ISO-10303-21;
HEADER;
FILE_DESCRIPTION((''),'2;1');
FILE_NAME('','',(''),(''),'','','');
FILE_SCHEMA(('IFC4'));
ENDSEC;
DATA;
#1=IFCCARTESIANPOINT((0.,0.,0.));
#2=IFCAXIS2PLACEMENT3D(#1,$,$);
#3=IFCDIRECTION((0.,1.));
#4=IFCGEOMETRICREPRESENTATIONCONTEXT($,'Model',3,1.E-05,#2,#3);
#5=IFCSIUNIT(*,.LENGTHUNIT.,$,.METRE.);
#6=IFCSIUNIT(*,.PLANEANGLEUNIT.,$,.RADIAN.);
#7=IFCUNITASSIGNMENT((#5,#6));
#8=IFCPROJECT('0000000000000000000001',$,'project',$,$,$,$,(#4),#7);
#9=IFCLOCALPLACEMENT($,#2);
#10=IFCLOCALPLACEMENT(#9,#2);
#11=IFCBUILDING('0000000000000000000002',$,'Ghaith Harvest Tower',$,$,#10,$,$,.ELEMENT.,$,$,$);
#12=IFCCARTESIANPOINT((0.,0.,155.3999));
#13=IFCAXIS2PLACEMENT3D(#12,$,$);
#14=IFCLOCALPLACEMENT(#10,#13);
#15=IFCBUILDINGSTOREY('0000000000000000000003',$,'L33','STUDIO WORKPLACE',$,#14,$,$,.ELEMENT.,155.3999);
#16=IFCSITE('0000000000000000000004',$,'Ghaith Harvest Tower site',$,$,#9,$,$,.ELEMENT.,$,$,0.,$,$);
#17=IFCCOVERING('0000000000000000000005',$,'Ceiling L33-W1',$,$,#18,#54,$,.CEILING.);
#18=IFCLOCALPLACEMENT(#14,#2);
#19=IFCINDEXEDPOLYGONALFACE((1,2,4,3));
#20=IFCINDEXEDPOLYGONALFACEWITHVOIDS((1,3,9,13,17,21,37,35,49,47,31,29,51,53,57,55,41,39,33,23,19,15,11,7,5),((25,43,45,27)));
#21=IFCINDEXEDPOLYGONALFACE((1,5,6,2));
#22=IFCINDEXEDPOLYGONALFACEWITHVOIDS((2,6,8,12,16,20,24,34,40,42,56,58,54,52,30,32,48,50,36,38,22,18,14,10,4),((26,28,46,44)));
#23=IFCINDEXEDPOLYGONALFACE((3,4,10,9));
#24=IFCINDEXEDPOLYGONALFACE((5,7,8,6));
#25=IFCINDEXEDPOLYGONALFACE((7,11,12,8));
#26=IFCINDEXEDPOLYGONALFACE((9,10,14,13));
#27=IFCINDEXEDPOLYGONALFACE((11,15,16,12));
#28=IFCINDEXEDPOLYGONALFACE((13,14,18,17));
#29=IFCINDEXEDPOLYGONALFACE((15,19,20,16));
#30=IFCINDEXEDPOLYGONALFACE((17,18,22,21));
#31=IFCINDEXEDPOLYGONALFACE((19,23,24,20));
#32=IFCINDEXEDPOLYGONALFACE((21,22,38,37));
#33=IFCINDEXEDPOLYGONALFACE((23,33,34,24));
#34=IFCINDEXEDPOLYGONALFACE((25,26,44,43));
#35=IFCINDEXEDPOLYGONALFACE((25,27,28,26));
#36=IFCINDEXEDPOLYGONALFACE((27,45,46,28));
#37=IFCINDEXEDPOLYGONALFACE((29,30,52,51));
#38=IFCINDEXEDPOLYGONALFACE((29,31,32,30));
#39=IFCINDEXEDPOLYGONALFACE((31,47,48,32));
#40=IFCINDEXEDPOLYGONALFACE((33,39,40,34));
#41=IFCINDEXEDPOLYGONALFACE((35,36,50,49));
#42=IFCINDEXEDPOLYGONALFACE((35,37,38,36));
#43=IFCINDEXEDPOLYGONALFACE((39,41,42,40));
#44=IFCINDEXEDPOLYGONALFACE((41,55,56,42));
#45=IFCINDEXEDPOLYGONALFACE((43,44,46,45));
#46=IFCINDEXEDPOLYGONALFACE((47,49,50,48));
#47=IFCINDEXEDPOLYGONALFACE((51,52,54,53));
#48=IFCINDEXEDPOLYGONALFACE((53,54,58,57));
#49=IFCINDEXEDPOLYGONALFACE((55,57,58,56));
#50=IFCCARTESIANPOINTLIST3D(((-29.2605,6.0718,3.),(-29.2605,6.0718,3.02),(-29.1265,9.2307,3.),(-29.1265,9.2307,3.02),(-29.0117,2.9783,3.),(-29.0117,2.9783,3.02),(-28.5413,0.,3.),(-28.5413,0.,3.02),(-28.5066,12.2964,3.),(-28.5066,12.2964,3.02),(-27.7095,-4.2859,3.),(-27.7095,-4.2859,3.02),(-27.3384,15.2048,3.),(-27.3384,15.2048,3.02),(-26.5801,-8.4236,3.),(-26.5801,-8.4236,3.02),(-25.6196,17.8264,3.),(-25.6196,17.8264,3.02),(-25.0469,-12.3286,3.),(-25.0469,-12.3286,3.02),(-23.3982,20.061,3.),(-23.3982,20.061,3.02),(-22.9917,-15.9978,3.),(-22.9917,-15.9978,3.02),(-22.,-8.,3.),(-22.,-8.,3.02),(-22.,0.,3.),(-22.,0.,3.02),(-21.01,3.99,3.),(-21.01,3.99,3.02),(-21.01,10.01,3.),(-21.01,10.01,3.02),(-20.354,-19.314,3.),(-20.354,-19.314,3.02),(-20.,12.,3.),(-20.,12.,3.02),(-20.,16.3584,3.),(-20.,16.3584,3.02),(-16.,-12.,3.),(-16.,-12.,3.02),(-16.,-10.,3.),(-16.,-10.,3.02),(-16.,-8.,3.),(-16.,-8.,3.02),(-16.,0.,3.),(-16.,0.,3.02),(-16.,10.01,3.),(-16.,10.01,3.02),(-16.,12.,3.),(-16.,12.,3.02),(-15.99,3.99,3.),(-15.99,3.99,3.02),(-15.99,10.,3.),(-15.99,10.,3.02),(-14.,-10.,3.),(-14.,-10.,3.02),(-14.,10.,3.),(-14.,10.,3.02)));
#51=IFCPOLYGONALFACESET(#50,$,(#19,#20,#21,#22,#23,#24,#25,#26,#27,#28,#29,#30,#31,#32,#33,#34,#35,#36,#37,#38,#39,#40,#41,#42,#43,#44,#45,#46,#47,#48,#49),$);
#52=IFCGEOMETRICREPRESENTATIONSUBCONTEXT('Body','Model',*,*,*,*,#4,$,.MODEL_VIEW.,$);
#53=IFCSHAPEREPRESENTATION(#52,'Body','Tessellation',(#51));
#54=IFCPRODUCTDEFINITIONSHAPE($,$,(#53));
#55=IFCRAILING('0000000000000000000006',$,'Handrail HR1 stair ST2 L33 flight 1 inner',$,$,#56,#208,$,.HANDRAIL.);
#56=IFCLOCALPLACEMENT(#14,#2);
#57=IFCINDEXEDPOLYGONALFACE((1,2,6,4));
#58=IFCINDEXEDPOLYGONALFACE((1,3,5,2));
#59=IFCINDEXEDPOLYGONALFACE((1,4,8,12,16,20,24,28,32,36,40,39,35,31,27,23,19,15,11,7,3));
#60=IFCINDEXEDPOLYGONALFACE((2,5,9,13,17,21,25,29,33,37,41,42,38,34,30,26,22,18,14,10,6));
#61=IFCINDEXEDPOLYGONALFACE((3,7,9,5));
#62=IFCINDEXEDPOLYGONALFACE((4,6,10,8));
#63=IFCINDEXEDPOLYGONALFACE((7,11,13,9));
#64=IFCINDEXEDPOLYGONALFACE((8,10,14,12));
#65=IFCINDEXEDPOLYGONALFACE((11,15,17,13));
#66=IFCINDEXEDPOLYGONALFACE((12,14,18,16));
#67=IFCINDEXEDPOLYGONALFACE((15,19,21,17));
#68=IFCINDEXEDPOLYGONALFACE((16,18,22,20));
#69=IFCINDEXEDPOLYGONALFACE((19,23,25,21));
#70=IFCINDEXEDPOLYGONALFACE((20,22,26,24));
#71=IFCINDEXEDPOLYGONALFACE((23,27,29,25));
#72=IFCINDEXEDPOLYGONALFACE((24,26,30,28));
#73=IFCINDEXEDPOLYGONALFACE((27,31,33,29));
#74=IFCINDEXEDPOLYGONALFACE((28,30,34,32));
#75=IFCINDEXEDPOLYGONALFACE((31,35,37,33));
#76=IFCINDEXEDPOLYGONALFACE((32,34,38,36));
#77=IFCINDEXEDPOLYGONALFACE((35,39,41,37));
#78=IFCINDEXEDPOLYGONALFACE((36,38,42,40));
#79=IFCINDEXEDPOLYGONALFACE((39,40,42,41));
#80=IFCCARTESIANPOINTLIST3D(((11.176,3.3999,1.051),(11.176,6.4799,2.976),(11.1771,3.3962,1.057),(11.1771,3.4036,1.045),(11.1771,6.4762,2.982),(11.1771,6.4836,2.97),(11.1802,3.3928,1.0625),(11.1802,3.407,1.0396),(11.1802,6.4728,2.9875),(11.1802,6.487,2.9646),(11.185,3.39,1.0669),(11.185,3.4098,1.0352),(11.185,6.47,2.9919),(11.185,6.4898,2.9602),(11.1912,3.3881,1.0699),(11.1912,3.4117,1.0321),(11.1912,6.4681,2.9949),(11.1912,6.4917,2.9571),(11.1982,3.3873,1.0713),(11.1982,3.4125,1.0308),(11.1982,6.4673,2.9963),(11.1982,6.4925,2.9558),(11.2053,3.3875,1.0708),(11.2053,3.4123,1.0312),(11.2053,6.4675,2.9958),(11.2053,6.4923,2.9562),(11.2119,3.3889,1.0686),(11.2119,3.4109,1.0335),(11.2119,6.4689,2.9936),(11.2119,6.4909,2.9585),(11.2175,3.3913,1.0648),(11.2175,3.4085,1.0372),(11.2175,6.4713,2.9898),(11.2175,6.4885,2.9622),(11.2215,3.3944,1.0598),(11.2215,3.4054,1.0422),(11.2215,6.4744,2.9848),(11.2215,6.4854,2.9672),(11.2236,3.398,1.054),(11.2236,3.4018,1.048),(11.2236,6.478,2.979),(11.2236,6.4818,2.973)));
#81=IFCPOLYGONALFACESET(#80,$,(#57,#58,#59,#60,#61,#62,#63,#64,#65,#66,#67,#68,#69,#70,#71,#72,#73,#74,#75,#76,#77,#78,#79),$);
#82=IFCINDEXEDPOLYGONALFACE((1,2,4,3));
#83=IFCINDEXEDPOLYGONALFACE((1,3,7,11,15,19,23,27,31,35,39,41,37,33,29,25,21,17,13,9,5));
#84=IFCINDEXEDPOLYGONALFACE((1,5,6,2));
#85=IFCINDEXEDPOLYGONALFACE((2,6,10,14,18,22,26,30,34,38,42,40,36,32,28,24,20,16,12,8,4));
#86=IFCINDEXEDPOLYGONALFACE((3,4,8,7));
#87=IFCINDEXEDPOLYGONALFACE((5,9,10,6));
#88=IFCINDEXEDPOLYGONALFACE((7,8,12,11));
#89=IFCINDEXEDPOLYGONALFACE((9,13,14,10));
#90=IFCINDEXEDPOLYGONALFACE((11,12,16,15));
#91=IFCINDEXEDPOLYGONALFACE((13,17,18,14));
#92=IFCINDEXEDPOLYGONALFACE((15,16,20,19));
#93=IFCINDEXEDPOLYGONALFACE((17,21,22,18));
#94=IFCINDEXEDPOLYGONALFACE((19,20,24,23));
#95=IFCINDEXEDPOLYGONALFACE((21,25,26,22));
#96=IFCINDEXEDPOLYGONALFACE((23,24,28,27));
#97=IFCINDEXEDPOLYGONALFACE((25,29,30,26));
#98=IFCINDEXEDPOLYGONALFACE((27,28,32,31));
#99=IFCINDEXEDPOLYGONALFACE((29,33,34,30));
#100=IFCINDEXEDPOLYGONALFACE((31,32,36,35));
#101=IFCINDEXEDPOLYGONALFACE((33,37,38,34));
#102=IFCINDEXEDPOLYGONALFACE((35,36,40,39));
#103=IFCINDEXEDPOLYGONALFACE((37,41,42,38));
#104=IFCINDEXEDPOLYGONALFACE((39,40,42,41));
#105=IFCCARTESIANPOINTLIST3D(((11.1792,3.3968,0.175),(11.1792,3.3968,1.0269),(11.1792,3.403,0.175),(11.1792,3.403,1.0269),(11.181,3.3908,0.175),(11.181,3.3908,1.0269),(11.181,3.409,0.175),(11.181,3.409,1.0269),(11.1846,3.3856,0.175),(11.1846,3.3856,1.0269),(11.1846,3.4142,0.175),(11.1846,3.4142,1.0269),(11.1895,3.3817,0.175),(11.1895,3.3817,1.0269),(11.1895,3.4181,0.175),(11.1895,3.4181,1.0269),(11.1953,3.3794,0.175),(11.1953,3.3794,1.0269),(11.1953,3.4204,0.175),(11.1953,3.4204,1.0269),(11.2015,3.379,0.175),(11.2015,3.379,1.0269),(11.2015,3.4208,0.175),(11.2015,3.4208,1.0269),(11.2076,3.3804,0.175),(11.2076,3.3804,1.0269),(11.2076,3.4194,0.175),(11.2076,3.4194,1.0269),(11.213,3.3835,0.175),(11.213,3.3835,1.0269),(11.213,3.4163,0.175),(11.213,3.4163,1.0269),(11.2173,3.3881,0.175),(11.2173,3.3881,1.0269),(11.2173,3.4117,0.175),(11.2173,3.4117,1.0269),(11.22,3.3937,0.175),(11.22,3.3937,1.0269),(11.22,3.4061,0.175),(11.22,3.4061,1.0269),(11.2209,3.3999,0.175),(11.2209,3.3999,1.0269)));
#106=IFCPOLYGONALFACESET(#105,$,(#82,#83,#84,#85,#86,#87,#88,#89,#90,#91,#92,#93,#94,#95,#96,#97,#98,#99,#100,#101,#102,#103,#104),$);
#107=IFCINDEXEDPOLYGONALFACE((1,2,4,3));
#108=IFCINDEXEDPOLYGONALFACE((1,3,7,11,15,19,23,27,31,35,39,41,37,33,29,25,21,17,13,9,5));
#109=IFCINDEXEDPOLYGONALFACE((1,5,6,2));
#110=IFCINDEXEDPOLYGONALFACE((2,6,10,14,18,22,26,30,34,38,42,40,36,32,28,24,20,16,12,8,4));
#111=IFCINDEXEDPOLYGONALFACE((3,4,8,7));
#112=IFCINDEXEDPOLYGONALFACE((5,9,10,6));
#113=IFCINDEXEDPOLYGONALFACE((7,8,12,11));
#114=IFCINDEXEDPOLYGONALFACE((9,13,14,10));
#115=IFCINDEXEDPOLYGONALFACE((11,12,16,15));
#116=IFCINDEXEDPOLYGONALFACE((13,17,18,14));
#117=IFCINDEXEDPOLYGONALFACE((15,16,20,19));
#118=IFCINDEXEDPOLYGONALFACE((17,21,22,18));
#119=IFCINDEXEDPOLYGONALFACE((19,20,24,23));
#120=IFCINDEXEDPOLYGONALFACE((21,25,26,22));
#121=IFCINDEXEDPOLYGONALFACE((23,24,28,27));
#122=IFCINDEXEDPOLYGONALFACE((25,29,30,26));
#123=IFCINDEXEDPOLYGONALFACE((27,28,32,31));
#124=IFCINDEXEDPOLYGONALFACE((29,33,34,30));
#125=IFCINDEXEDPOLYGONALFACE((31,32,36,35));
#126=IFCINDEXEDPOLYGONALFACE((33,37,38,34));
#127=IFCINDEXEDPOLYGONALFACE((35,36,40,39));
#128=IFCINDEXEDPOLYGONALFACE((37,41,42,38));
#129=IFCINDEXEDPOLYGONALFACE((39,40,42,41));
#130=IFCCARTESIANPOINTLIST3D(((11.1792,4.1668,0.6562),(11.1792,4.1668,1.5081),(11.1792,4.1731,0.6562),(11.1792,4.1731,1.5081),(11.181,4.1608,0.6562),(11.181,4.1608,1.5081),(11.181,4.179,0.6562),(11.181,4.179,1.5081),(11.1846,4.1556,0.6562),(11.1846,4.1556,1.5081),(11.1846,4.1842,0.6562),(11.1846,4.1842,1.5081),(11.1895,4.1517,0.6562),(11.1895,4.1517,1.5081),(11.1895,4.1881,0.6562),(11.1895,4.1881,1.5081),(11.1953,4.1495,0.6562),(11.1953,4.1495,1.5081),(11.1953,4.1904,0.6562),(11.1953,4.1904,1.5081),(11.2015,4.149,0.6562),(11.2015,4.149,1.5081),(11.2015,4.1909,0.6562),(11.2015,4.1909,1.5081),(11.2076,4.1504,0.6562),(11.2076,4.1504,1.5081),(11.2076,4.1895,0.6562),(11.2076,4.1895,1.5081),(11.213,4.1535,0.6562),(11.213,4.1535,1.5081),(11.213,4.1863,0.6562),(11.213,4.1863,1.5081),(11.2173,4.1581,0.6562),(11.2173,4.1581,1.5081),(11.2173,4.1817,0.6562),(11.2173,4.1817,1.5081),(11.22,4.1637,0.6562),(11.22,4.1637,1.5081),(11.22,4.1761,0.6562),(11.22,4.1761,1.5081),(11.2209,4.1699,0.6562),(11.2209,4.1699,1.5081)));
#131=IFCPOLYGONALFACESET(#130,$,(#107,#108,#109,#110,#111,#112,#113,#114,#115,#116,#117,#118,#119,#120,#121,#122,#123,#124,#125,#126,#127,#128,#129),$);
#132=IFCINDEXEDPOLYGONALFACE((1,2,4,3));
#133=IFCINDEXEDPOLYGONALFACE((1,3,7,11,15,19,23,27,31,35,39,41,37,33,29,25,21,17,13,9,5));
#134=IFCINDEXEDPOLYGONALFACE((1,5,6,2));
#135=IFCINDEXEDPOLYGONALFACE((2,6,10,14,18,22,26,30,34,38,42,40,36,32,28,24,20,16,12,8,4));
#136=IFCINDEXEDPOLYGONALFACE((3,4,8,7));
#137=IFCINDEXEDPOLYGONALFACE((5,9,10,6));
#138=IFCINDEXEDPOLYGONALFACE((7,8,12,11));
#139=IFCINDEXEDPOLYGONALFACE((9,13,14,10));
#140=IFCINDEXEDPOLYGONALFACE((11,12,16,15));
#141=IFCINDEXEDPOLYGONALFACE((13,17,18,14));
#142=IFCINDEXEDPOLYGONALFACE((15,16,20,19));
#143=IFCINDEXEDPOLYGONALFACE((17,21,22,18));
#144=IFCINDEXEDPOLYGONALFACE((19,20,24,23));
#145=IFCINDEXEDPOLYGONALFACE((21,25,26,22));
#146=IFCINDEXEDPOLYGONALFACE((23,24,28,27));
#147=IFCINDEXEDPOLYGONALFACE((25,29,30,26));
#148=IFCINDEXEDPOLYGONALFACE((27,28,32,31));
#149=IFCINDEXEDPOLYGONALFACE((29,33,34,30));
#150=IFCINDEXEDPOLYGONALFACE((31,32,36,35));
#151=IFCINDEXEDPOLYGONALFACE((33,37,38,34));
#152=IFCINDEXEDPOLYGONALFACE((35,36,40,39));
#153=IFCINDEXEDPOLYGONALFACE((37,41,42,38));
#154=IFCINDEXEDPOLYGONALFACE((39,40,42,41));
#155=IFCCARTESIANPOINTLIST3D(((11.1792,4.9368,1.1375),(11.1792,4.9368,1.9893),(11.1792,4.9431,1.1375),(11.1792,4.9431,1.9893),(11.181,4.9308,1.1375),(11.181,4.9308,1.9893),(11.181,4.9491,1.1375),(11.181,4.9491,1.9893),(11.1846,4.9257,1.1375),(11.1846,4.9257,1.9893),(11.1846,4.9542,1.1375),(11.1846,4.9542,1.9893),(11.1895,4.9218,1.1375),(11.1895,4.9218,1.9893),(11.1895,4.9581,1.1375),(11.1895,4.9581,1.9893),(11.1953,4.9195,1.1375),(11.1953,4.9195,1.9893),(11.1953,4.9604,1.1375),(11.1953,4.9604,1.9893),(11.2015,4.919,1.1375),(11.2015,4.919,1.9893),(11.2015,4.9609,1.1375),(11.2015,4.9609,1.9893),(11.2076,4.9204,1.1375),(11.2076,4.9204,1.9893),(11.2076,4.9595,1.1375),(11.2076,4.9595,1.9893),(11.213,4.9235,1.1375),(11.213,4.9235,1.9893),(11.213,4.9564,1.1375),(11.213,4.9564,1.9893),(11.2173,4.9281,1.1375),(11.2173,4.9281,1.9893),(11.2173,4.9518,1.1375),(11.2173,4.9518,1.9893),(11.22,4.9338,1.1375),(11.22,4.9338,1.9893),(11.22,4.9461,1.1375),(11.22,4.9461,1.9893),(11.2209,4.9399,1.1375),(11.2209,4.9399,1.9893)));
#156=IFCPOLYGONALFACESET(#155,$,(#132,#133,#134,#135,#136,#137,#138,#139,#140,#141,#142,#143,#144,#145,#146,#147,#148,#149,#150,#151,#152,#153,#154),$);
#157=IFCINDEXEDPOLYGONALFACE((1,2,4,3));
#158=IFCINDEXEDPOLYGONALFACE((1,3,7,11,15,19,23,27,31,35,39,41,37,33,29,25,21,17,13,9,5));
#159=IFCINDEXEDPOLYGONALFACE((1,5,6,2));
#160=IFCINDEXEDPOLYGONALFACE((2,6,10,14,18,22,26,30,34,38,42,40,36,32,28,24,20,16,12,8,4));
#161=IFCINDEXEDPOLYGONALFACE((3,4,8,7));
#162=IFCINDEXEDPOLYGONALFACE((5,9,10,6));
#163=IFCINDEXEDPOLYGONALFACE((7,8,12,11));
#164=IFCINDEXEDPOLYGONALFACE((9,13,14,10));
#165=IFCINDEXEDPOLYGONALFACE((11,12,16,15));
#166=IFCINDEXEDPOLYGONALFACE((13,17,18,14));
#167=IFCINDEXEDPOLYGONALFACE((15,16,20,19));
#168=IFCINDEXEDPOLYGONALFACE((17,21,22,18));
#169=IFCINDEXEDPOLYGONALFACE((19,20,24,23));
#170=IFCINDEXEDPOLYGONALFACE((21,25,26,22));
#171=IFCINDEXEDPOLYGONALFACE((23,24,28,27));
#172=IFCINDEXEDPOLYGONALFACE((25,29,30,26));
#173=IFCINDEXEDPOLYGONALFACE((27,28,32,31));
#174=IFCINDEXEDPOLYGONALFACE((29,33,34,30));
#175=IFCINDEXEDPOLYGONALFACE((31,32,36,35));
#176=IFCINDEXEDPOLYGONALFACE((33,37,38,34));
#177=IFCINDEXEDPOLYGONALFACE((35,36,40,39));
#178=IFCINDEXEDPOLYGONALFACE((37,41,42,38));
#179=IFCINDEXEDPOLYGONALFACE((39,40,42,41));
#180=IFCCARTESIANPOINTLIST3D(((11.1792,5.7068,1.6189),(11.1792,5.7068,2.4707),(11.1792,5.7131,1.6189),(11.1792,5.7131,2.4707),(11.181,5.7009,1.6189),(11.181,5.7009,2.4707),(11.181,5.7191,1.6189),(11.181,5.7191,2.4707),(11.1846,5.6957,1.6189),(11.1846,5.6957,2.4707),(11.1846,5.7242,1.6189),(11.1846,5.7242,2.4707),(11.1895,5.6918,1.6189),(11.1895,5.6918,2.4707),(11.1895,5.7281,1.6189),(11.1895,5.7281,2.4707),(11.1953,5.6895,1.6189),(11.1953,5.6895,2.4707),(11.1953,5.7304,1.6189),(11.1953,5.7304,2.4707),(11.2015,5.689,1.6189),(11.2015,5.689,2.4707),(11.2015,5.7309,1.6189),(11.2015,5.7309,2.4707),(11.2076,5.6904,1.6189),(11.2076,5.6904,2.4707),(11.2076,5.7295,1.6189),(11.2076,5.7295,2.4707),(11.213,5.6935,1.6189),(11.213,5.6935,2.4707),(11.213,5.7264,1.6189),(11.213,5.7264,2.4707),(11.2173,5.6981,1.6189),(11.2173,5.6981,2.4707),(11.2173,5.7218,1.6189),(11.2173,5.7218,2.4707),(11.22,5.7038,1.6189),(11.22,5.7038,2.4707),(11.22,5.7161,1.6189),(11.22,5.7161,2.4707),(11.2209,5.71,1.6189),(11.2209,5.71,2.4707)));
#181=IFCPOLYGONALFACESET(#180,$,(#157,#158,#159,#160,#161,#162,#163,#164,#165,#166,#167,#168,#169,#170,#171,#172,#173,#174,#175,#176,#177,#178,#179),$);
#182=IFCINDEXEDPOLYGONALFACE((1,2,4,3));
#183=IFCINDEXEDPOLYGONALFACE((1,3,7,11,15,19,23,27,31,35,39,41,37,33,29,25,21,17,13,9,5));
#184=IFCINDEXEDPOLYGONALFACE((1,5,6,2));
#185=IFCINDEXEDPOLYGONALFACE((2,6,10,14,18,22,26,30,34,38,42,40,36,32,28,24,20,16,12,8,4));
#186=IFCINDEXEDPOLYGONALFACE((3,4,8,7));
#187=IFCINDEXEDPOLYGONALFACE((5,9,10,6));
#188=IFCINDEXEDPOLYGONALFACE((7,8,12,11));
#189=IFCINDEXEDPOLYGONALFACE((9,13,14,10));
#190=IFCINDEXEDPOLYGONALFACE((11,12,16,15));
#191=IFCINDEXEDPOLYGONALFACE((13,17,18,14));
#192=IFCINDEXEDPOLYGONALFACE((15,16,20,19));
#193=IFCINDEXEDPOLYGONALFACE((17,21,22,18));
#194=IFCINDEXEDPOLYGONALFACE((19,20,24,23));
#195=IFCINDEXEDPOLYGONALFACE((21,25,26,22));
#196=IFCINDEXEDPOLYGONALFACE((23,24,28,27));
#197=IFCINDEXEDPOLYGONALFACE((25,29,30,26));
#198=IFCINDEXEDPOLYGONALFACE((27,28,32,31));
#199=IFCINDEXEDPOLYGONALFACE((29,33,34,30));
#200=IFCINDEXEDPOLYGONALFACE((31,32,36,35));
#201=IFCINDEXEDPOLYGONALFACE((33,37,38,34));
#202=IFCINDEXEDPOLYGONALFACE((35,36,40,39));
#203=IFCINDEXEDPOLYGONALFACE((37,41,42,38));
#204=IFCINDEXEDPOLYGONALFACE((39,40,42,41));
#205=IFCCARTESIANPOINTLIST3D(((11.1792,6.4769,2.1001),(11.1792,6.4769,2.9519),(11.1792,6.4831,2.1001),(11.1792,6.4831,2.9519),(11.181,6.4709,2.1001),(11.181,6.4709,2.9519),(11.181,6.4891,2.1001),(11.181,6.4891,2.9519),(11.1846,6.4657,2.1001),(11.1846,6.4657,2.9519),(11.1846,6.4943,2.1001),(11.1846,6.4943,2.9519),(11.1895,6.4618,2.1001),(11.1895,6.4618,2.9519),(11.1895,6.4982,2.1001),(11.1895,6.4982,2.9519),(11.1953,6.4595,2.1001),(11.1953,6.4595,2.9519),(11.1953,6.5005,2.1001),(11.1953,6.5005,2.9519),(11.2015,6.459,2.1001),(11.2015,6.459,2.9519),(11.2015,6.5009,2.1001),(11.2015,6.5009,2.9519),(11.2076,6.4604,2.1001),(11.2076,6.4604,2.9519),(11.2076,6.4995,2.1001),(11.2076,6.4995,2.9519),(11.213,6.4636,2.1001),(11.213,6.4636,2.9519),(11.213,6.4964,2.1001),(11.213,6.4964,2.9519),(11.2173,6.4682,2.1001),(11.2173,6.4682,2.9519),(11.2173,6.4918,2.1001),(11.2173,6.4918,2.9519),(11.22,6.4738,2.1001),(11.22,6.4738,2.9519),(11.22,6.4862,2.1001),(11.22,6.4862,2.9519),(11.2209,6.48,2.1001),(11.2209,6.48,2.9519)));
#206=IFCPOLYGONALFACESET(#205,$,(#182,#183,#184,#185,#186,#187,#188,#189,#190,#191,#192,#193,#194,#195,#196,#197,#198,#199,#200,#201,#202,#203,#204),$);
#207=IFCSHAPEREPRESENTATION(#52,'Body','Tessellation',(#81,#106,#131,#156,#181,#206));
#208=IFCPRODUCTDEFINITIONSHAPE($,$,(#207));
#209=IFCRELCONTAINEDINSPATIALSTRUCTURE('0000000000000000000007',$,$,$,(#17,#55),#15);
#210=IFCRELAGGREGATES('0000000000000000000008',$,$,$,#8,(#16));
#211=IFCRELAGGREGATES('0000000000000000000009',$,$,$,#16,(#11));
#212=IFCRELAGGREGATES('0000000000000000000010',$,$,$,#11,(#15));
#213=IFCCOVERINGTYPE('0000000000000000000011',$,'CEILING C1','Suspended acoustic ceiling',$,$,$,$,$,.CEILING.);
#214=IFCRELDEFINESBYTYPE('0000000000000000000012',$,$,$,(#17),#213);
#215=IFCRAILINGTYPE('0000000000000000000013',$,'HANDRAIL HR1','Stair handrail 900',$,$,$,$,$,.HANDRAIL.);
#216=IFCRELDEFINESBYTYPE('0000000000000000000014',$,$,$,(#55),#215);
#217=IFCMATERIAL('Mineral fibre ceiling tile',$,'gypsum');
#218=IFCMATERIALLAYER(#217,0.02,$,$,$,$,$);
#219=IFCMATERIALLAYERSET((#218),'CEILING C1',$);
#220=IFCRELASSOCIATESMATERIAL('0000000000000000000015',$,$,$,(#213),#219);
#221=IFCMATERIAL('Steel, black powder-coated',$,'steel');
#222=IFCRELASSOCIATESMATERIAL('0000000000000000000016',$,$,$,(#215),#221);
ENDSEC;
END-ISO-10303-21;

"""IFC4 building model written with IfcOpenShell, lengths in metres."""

from ifc_helpers import new_model, si_unit, direction, frame, origin, origin_2d, place, context, subcontext, project, spatial, polyline, circle, outline, extrude, material, layer, layer_set, type_object, element, save


model = new_model("IFC4")

# Units and contexts
model_context = context("Model", 3, precision=1e-05, world=origin(), true_north=direction((0.0, 1.0)))
body_context = subcontext(model_context, "Body", "Model", "MODEL_VIEW")
ifc_project = project(units=[si_unit("LENGTHUNIT", "METRE"), si_unit("PLANEANGLEUNIT", "RADIAN")], contexts=[model_context])

# Site, building, storey
site_placement = place(None, origin())
site = spatial("IfcSite", under=ifc_project, at=site_placement, Name="Ghaith Harvest Tower site", CompositionType="ELEMENT", RefElevation=0.0)
building_placement = place(site_placement, origin())
building = spatial("IfcBuilding", under=site, at=building_placement, Name="Ghaith Harvest Tower", CompositionType="ELEMENT")
storey_placement = place(building_placement, frame((0.0, 0.0, 155.3999)))
storey = spatial("IfcBuildingStorey", under=building, at=storey_placement, Name="L33", Description="STUDIO WORKPLACE", CompositionType="ELEMENT", Elevation=155.3999)

# Covering
ifc_material_1 = material(Name="Mineral fibre ceiling tile", Category="gypsum")
ifc_layer_1 = layer(ifc_material_1, 0.02)
ifc_layer_set_1 = layer_set([ifc_layer_1], Name="CEILING C1")
covering_type = type_object("IfcCoveringType", Name="CEILING C1", Description="Suspended acoustic ceiling", PredefinedType="CEILING", material=ifc_layer_set_1)
covering_1_placement = place(storey_placement, frame((0.0, 0.0, 3.0)))
element("IfcCovering", 1, at=covering_1_placement, inside=storey, type_object=covering_type, Name="Ceiling L33-W1", PredefinedType="CEILING", context=body_context, shape_type="SweptSolid", body=[
    extrude(outline(polyline([(-27.7095, -4.2859), (-28.5413, 0.0), (-29.0117, 2.9783), (-29.2605, 6.0718), (-29.1265, 9.2307), (-28.5066, 12.2964), (-27.3384, 15.2048), (-25.6196, 17.8264), (-23.3982, 20.061), (-20.0, 16.3584), (-20.0, 12.0), (-16.0, 12.0), (-16.0, 10.01), (-21.01, 10.01), (-21.01, 3.99), (-15.99, 3.99), (-15.99, 10.0), (-14.0, 10.0), (-14.0, -10.0), (-16.0, -10.0), (-16.0, -12.0), (-20.354, -19.314), (-22.9917, -15.9978), (-25.0469, -12.3286), (-26.5801, -8.4236), (-27.7095, -4.2859)]), holes=[polyline([(-16.0, -8.0), (-16.0, 0.0), (-22.0, 0.0), (-22.0, -8.0), (-16.0, -8.0)])]), origin(), (0.0, 0.0, 1.0), 0.02),
])

# Railing
ifc_material_2 = material(Name="Steel, black powder-coated", Category="steel")
railing_type = type_object("IfcRailingType", Name="HANDRAIL HR1", Description="Stair handrail 900", PredefinedType="HANDRAIL", material=ifc_material_2)
railing_1_placement = place(storey_placement, frame((11.2, 3.3999, 0.175)))
element("IfcRailing", 2, at=railing_1_placement, inside=storey, type_object=railing_type, Name="Handrail HR1 stair ST2 L33 flight 1 inner", PredefinedType="HANDRAIL", context=body_context, shape_type="SweptSolid", body=[
    extrude(circle(Radius=0.0239, at=origin_2d()), frame((0.0, 0.0, 0.876), z_axis=(0.0, 0.847998, 0.529999), x_axis=(-1.0, 0.0, 0.0)), (0.0, 0.0, 1.0), 3.6321),
    extrude(circle(Radius=0.021, at=origin_2d()), origin(), (0.0, 0.0, 1.0), 0.8518),
    extrude(circle(Radius=0.021, at=origin_2d()), frame((0.0, 0.77, 0.4812)), (0.0, 0.0, 1.0), 0.8518),
    extrude(circle(Radius=0.021, at=origin_2d()), frame((0.0, 1.54, 0.9624)), (0.0, 0.0, 1.0), 0.8518),
    extrude(circle(Radius=0.021, at=origin_2d()), frame((0.0, 2.3101, 1.4438)), (0.0, 0.0, 1.0), 0.8518),
    extrude(circle(Radius=0.021, at=origin_2d()), frame((0.0, 3.0801, 1.925)), (0.0, 0.0, 1.0), 0.8518),
])

save(model, "model.ifc")
